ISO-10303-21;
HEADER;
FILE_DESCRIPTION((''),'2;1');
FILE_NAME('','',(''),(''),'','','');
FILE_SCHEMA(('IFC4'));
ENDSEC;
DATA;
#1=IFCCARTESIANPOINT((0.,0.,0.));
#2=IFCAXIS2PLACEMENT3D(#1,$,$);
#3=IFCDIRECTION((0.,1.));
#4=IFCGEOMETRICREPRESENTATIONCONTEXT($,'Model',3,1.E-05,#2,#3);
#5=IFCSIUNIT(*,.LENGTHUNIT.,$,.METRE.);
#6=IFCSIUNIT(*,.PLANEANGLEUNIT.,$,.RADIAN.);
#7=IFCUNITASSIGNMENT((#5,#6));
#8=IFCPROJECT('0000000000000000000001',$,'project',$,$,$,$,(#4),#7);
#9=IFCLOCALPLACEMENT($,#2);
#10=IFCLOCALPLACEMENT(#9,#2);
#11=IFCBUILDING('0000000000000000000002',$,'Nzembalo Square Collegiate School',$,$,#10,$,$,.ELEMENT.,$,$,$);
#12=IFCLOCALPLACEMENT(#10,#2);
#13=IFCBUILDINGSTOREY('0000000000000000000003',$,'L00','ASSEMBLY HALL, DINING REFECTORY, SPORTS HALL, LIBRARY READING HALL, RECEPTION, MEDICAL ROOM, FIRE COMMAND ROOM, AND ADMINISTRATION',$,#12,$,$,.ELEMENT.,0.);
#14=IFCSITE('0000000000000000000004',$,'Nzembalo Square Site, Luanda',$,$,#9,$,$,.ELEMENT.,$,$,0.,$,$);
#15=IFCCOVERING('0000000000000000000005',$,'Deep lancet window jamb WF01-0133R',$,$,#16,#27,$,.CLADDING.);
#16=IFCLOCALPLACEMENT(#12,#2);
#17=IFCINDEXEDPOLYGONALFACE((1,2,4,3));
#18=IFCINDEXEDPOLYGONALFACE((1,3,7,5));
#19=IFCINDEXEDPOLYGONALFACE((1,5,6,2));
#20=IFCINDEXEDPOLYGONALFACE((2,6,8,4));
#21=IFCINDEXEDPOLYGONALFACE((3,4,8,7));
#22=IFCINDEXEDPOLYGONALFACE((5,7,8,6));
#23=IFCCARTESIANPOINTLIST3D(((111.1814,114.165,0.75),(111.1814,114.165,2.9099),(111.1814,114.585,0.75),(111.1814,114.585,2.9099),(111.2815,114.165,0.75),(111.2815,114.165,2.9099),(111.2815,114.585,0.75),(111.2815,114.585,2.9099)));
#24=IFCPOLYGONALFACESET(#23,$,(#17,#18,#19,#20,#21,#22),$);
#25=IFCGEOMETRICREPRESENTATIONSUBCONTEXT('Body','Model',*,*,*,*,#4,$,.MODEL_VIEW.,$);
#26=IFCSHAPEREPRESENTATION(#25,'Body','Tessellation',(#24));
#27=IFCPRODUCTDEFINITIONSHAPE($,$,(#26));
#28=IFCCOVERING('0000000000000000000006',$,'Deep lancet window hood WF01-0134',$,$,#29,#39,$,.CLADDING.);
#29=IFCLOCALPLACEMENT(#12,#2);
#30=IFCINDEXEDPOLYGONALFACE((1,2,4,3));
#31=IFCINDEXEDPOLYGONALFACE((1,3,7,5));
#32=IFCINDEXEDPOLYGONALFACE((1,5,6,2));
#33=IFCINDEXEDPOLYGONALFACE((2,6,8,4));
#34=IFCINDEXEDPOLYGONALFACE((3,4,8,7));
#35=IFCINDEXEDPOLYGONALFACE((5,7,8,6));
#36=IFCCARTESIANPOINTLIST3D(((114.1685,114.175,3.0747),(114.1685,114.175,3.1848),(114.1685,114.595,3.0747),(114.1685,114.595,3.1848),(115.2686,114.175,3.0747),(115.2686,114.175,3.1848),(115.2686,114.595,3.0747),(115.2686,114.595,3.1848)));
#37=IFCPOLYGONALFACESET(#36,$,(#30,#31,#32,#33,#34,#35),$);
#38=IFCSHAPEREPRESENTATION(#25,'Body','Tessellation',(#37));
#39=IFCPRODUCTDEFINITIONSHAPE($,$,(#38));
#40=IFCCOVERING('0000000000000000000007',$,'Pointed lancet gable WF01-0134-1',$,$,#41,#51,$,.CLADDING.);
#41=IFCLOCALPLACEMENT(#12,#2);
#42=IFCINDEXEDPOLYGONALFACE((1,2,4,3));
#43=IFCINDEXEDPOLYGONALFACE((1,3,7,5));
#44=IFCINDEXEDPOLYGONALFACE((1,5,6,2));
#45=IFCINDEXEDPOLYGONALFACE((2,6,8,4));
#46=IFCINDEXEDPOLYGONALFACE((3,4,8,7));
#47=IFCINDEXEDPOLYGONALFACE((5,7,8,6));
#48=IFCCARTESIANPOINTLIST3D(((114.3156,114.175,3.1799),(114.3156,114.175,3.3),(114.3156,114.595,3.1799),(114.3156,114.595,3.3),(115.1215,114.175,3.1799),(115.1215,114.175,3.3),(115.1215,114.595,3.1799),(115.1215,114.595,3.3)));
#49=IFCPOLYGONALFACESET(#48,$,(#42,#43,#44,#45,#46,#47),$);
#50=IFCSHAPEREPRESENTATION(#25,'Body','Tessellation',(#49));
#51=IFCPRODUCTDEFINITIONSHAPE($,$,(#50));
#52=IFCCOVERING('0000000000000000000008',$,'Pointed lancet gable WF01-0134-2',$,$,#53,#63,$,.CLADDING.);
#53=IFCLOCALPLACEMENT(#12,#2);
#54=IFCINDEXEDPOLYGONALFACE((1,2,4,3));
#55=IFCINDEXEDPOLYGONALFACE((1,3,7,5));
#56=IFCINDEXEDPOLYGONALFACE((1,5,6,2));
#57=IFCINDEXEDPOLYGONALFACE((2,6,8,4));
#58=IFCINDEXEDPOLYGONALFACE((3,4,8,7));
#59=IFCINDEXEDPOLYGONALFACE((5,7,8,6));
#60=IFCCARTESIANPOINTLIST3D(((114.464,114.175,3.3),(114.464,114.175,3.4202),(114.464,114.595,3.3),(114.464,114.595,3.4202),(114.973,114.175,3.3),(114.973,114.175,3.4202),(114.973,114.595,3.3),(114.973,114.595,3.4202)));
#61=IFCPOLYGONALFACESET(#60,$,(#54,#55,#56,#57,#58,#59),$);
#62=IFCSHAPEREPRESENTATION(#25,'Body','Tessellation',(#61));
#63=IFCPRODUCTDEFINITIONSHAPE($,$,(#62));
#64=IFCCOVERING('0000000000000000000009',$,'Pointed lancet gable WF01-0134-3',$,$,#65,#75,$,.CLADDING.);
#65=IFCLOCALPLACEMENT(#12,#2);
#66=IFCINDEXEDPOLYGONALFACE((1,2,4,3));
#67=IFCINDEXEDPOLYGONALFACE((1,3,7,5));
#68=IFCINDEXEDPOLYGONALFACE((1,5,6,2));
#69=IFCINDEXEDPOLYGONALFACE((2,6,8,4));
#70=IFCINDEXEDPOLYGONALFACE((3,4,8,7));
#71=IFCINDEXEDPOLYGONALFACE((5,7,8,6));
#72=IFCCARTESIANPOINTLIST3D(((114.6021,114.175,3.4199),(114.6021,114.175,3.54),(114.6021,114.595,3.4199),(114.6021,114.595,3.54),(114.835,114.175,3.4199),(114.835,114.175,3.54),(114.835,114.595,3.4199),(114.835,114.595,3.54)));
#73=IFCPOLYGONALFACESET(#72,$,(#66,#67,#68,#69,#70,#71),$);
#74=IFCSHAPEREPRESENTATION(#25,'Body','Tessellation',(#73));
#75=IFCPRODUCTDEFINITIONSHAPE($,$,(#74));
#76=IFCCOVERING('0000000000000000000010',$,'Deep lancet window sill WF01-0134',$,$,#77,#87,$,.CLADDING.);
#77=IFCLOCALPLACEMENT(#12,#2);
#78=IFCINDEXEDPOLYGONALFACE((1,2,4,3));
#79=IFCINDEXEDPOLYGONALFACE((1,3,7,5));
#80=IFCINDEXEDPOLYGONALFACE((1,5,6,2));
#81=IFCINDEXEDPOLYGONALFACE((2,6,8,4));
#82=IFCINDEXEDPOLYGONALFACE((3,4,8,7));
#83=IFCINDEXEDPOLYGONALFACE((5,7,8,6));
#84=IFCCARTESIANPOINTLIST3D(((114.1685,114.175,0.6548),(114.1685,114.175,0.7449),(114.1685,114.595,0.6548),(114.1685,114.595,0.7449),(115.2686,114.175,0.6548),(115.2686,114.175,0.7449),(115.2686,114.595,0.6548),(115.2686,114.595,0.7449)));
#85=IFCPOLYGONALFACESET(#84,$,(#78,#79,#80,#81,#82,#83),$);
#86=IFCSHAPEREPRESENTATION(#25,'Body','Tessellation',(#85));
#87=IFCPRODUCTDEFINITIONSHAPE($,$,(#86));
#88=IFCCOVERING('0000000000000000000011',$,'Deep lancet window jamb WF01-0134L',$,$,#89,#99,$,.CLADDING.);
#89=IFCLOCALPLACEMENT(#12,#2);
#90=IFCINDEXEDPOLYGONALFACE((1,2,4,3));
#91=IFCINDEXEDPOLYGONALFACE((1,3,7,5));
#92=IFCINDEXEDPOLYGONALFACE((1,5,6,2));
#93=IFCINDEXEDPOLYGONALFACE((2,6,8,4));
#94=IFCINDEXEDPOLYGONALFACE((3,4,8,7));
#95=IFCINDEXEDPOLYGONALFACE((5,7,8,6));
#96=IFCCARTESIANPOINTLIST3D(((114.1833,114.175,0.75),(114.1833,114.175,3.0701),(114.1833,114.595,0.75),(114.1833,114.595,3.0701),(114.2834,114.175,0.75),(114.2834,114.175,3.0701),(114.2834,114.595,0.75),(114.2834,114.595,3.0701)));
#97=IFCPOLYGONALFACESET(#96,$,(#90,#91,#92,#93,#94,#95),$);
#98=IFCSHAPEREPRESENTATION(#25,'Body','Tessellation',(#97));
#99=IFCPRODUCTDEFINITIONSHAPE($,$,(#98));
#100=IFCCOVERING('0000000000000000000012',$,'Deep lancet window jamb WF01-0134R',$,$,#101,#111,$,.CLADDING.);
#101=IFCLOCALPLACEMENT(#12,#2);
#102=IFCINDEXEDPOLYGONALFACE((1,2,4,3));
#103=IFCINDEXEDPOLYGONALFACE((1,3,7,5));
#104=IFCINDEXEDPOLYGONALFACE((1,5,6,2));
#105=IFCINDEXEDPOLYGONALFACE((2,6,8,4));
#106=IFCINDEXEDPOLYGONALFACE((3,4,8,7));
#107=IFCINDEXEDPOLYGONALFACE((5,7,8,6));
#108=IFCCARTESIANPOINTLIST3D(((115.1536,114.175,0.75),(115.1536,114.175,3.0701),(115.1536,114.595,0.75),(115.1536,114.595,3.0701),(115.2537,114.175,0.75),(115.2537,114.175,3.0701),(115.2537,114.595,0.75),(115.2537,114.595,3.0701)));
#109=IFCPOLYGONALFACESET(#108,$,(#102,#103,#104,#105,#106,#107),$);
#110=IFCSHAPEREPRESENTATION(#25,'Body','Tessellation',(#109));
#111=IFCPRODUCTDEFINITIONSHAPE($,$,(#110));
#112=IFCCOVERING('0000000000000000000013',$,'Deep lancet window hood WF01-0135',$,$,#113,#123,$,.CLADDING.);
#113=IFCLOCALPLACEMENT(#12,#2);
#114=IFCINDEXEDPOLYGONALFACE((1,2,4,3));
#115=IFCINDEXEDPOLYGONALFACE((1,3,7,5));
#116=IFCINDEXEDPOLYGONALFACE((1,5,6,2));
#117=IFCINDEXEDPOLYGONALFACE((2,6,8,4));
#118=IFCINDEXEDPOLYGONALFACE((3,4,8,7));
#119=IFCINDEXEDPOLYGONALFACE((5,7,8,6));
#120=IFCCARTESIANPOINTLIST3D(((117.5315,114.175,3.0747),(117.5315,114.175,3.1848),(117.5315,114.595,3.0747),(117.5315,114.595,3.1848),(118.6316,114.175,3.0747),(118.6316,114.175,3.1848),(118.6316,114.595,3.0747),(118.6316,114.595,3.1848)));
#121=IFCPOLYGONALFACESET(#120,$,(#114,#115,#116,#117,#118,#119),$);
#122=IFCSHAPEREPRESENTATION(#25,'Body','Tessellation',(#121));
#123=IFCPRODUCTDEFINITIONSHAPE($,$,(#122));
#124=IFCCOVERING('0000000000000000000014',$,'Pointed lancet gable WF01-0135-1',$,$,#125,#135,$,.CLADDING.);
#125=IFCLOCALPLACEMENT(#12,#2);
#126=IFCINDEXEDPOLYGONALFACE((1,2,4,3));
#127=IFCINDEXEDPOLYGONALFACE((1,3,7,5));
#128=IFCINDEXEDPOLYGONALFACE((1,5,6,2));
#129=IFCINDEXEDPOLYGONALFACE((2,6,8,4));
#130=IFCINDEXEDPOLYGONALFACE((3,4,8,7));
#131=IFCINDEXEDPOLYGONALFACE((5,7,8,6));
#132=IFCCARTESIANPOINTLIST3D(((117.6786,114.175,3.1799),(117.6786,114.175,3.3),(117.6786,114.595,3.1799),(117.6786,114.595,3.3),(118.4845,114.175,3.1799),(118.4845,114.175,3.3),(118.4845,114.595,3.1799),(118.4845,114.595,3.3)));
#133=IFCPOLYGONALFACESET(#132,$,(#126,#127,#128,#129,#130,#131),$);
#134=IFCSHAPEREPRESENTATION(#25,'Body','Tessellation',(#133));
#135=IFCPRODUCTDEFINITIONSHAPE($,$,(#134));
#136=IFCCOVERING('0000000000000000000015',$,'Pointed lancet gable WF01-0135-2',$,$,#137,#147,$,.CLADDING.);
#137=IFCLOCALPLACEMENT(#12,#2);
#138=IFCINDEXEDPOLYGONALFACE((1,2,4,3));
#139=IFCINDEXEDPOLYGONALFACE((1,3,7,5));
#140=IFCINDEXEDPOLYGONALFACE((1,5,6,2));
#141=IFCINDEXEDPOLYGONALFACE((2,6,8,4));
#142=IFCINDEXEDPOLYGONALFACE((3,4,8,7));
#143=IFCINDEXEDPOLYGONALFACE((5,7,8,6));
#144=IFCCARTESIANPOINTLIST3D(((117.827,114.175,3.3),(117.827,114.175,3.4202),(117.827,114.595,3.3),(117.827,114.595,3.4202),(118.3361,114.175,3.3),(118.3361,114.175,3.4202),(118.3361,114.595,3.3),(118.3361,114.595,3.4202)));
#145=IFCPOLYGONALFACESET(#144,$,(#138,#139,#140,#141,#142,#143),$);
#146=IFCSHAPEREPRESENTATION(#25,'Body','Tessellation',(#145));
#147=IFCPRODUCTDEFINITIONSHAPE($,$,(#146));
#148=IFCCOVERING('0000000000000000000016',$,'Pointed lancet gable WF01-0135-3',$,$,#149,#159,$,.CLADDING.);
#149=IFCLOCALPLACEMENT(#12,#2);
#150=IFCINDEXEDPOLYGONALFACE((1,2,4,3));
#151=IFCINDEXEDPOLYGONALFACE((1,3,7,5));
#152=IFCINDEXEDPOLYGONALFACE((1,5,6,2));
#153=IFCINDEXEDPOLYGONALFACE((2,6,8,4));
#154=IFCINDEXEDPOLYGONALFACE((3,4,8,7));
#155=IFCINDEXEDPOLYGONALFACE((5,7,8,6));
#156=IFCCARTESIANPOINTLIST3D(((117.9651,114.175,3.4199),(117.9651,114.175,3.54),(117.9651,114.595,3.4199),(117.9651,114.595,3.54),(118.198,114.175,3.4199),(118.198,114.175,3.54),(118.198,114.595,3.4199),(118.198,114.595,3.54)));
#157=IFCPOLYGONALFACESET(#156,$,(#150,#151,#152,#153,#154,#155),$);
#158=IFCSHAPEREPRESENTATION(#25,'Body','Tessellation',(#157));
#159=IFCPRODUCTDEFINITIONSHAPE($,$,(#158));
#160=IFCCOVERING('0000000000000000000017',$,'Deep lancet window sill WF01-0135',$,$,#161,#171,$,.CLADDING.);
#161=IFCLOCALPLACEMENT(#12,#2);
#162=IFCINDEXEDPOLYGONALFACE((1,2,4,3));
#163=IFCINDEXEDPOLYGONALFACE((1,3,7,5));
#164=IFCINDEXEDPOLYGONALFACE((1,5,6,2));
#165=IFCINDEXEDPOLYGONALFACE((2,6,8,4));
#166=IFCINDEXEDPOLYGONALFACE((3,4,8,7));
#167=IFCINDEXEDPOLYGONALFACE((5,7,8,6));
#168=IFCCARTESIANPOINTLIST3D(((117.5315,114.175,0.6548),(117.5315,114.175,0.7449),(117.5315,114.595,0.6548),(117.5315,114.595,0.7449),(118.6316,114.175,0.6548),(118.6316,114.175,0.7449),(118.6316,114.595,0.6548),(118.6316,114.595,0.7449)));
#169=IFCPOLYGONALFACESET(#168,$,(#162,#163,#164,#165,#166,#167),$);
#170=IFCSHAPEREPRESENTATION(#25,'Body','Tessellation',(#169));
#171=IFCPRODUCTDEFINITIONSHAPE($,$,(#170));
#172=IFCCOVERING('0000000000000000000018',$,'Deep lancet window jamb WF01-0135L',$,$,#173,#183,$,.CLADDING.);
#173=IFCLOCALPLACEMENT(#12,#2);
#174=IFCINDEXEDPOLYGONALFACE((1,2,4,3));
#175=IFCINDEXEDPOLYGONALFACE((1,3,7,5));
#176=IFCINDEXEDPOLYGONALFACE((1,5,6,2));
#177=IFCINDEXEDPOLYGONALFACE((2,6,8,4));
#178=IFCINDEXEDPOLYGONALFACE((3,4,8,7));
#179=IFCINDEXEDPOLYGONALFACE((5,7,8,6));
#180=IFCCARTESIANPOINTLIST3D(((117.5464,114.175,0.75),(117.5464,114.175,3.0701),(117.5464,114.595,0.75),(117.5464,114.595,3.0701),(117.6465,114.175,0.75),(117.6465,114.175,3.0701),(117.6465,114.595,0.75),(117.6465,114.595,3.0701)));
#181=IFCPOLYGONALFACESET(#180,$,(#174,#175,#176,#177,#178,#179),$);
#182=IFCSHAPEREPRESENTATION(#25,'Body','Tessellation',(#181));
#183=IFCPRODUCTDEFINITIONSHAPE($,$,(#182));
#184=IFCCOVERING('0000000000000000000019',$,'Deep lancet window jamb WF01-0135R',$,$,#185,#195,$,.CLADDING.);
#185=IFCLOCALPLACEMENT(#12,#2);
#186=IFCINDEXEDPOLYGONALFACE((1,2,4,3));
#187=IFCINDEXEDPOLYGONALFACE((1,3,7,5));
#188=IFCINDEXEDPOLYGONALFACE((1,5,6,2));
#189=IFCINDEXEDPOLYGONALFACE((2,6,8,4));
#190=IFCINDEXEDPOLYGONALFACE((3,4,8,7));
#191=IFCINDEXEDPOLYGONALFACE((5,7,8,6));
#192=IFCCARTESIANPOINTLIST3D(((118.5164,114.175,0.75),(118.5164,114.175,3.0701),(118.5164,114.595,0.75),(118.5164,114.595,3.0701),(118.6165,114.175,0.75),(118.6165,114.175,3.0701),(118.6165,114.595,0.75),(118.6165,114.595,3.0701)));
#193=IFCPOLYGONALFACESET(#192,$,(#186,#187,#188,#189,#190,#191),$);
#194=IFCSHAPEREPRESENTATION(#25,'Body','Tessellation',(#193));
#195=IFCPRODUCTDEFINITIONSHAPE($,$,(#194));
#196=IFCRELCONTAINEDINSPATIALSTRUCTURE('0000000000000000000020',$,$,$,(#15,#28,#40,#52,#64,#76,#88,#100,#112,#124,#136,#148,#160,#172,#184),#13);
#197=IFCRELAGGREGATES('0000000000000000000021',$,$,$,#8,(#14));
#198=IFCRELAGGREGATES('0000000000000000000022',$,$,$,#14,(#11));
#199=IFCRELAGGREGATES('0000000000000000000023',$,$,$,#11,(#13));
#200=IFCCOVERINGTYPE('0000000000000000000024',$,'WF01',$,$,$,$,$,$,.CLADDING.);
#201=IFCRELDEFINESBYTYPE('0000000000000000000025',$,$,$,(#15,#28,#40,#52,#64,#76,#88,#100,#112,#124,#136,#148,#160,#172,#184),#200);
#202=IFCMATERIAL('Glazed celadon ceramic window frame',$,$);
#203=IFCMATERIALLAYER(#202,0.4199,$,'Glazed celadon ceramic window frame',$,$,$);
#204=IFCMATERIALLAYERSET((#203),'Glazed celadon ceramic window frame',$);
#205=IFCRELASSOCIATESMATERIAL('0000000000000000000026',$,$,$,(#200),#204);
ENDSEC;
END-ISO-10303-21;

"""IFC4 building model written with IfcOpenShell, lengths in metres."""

from ifc_helpers import new_model, si_unit, direction, frame, origin, origin_2d, place, context, subcontext, project, spatial, rectangle, extrude, material, layer, layer_set, type_object, element, save


model = new_model("IFC4")

# Units and contexts
model_context = context("Model", 3, precision=1e-05, world=origin(), true_north=direction((0.0, 1.0)))
body_context = subcontext(model_context, "Body", "Model", "MODEL_VIEW")
ifc_project = project(units=[si_unit("LENGTHUNIT", "METRE"), si_unit("PLANEANGLEUNIT", "RADIAN")], contexts=[model_context])

# Site, building, storey
site_placement = place(None, origin())
site = spatial("IfcSite", under=ifc_project, at=site_placement, Name="Nzembalo Square Site, Luanda", CompositionType="ELEMENT", RefElevation=0.0)
building_placement = place(site_placement, origin())
building = spatial("IfcBuilding", under=site, at=building_placement, Name="Nzembalo Square Collegiate School", CompositionType="ELEMENT")
storey_placement = place(building_placement, origin())
storey = spatial("IfcBuildingStorey", under=building, at=storey_placement, Name="L00", Description="ASSEMBLY HALL, DINING REFECTORY, SPORTS HALL, LIBRARY READING HALL, RECEPTION, MEDICAL ROOM, FIRE COMMAND ROOM, AND ADMINISTRATION", CompositionType="ELEMENT", Elevation=0.0)

# Coverings
ifc_material_1 = material(Name="Glazed celadon ceramic window frame")
ifc_layer_1 = layer(ifc_material_1, 0.4199, Name="Glazed celadon ceramic window frame")
ifc_layer_set_1 = layer_set([ifc_layer_1], Name="Glazed celadon ceramic window frame")
covering_type = type_object("IfcCoveringType", Name="WF01", PredefinedType="CLADDING", material=ifc_layer_set_1)
for number, where, z_axis, x_axis, name in (
    (1, (111.2314, 114.375, 0.75), (0.0, 0.0, 1.0), (1.0, 0.0, 0.0), "Deep lancet window jamb WF01-0133R"),
):
    element("IfcCovering", number, at=place(storey_placement, frame(where, z_axis=z_axis, x_axis=x_axis)), inside=storey, type_object=covering_type, Name=name, PredefinedType="CLADDING", context=body_context, shape_type="SweptSolid", body=[
        extrude(rectangle(XDim=0.1001, YDim=0.4199, at=origin_2d()), origin(), (0.0, 0.0, 1.0), 2.1599),
    ])
covering_1_placement = place(storey_placement, frame((114.7185, 114.385, 3.0747), z_axis=(0.0, 0.0, 1.0), x_axis=(1.0, 0.0, 0.0)))
element("IfcCovering", 2, at=covering_1_placement, inside=storey, type_object=covering_type, Name="Deep lancet window hood WF01-0134", PredefinedType="CLADDING", context=body_context, shape_type="SweptSolid", body=[
    extrude(rectangle(XDim=1.1001, YDim=0.4199, at=origin_2d()), origin(), (0.0, 0.0, 1.0), 0.1101),
])
covering_2_placement = place(storey_placement, frame((114.7185, 114.385, 3.1799), z_axis=(0.0, 0.0, 1.0), x_axis=(1.0, 0.0, 0.0)))
element("IfcCovering", 3, at=covering_2_placement, inside=storey, type_object=covering_type, Name="Pointed lancet gable WF01-0134-1", PredefinedType="CLADDING", context=body_context, shape_type="SweptSolid", body=[
    extrude(rectangle(XDim=0.8059, YDim=0.4199, at=origin_2d()), origin(), (0.0, 0.0, 1.0), 0.1201),
])
covering_3_placement = place(storey_placement, frame((114.7185, 114.385, 3.3), z_axis=(0.0, 0.0, 1.0), x_axis=(1.0, 0.0, 0.0)))
element("IfcCovering", 4, at=covering_3_placement, inside=storey, type_object=covering_type, Name="Pointed lancet gable WF01-0134-2", PredefinedType="CLADDING", context=body_context, shape_type="SweptSolid", body=[
    extrude(rectangle(XDim=0.509, YDim=0.4199, at=origin_2d()), origin(), (0.0, 0.0, 1.0), 0.1201),
])
covering_4_placement = place(storey_placement, frame((114.7185, 114.385, 3.4199), z_axis=(0.0, 0.0, 1.0), x_axis=(1.0, 0.0, 0.0)))
element("IfcCovering", 5, at=covering_4_placement, inside=storey, type_object=covering_type, Name="Pointed lancet gable WF01-0134-3", PredefinedType="CLADDING", context=body_context, shape_type="SweptSolid", body=[
    extrude(rectangle(XDim=0.2329, YDim=0.4199, at=origin_2d()), origin(), (0.0, 0.0, 1.0), 0.1201),
])
covering_5_placement = place(storey_placement, frame((114.7185, 114.385, 0.6548), z_axis=(0.0, 0.0, 1.0), x_axis=(1.0, 0.0, 0.0)))
element("IfcCovering", 6, at=covering_5_placement, inside=storey, type_object=covering_type, Name="Deep lancet window sill WF01-0134", PredefinedType="CLADDING", context=body_context, shape_type="SweptSolid", body=[
    extrude(rectangle(XDim=1.1001, YDim=0.4199, at=origin_2d()), origin(), (0.0, 0.0, 1.0), 0.0901),
])
for number, where, z_axis, x_axis, name in (
    (7, (114.2334, 114.385, 0.75), (0.0, 0.0, 1.0), (1.0, 0.0, 0.0), "Deep lancet window jamb WF01-0134L"),
    (8, (115.2036, 114.385, 0.75), (0.0, 0.0, 1.0), (1.0, 0.0, 0.0), "Deep lancet window jamb WF01-0134R"),
):
    element("IfcCovering", number, at=place(storey_placement, frame(where, z_axis=z_axis, x_axis=x_axis)), inside=storey, type_object=covering_type, Name=name, PredefinedType="CLADDING", context=body_context, shape_type="SweptSolid", body=[
        extrude(rectangle(XDim=0.1001, YDim=0.4199, at=origin_2d()), origin(), (0.0, 0.0, 1.0), 2.3201),
    ])
covering_6_placement = place(storey_placement, frame((118.0815, 114.385, 3.0747), z_axis=(0.0, 0.0, 1.0), x_axis=(1.0, 0.0, 0.0)))
element("IfcCovering", 9, at=covering_6_placement, inside=storey, type_object=covering_type, Name="Deep lancet window hood WF01-0135", PredefinedType="CLADDING", context=body_context, shape_type="SweptSolid", body=[
    extrude(rectangle(XDim=1.1001, YDim=0.4199, at=origin_2d()), origin(), (0.0, 0.0, 1.0), 0.1101),
])
covering_7_placement = place(storey_placement, frame((118.0815, 114.385, 3.1799), z_axis=(0.0, 0.0, 1.0), x_axis=(1.0, 0.0, 0.0)))
element("IfcCovering", 10, at=covering_7_placement, inside=storey, type_object=covering_type, Name="Pointed lancet gable WF01-0135-1", PredefinedType="CLADDING", context=body_context, shape_type="SweptSolid", body=[
    extrude(rectangle(XDim=0.8059, YDim=0.4199, at=origin_2d()), origin(), (0.0, 0.0, 1.0), 0.1201),
])
covering_8_placement = place(storey_placement, frame((118.0815, 114.385, 3.3), z_axis=(0.0, 0.0, 1.0), x_axis=(1.0, 0.0, 0.0)))
element("IfcCovering", 11, at=covering_8_placement, inside=storey, type_object=covering_type, Name="Pointed lancet gable WF01-0135-2", PredefinedType="CLADDING", context=body_context, shape_type="SweptSolid", body=[
    extrude(rectangle(XDim=0.509, YDim=0.4199, at=origin_2d()), origin(), (0.0, 0.0, 1.0), 0.1201),
])
covering_9_placement = place(storey_placement, frame((118.0815, 114.385, 3.4199), z_axis=(0.0, 0.0, 1.0), x_axis=(1.0, 0.0, 0.0)))
element("IfcCovering", 12, at=covering_9_placement, inside=storey, type_object=covering_type, Name="Pointed lancet gable WF01-0135-3", PredefinedType="CLADDING", context=body_context, shape_type="SweptSolid", body=[
    extrude(rectangle(XDim=0.2329, YDim=0.4199, at=origin_2d()), origin(), (0.0, 0.0, 1.0), 0.1201),
])
covering_10_placement = place(storey_placement, frame((118.0815, 114.385, 0.6548), z_axis=(0.0, 0.0, 1.0), x_axis=(1.0, 0.0, 0.0)))
element("IfcCovering", 13, at=covering_10_placement, inside=storey, type_object=covering_type, Name="Deep lancet window sill WF01-0135", PredefinedType="CLADDING", context=body_context, shape_type="SweptSolid", body=[
    extrude(rectangle(XDim=1.1001, YDim=0.4199, at=origin_2d()), origin(), (0.0, 0.0, 1.0), 0.0901),
])
for number, where, z_axis, x_axis, name in (
    (14, (117.5964, 114.385, 0.75), (0.0, 0.0, 1.0), (1.0, 0.0, 0.0), "Deep lancet window jamb WF01-0135L"),
    (15, (118.5664, 114.385, 0.75), (0.0, 0.0, 1.0), (1.0, 0.0, 0.0), "Deep lancet window jamb WF01-0135R"),
):
    element("IfcCovering", number, at=place(storey_placement, frame(where, z_axis=z_axis, x_axis=x_axis)), inside=storey, type_object=covering_type, Name=name, PredefinedType="CLADDING", context=body_context, shape_type="SweptSolid", body=[
        extrude(rectangle(XDim=0.1001, YDim=0.4199, at=origin_2d()), origin(), (0.0, 0.0, 1.0), 2.3201),
    ])

save(model, "model.ifc")
